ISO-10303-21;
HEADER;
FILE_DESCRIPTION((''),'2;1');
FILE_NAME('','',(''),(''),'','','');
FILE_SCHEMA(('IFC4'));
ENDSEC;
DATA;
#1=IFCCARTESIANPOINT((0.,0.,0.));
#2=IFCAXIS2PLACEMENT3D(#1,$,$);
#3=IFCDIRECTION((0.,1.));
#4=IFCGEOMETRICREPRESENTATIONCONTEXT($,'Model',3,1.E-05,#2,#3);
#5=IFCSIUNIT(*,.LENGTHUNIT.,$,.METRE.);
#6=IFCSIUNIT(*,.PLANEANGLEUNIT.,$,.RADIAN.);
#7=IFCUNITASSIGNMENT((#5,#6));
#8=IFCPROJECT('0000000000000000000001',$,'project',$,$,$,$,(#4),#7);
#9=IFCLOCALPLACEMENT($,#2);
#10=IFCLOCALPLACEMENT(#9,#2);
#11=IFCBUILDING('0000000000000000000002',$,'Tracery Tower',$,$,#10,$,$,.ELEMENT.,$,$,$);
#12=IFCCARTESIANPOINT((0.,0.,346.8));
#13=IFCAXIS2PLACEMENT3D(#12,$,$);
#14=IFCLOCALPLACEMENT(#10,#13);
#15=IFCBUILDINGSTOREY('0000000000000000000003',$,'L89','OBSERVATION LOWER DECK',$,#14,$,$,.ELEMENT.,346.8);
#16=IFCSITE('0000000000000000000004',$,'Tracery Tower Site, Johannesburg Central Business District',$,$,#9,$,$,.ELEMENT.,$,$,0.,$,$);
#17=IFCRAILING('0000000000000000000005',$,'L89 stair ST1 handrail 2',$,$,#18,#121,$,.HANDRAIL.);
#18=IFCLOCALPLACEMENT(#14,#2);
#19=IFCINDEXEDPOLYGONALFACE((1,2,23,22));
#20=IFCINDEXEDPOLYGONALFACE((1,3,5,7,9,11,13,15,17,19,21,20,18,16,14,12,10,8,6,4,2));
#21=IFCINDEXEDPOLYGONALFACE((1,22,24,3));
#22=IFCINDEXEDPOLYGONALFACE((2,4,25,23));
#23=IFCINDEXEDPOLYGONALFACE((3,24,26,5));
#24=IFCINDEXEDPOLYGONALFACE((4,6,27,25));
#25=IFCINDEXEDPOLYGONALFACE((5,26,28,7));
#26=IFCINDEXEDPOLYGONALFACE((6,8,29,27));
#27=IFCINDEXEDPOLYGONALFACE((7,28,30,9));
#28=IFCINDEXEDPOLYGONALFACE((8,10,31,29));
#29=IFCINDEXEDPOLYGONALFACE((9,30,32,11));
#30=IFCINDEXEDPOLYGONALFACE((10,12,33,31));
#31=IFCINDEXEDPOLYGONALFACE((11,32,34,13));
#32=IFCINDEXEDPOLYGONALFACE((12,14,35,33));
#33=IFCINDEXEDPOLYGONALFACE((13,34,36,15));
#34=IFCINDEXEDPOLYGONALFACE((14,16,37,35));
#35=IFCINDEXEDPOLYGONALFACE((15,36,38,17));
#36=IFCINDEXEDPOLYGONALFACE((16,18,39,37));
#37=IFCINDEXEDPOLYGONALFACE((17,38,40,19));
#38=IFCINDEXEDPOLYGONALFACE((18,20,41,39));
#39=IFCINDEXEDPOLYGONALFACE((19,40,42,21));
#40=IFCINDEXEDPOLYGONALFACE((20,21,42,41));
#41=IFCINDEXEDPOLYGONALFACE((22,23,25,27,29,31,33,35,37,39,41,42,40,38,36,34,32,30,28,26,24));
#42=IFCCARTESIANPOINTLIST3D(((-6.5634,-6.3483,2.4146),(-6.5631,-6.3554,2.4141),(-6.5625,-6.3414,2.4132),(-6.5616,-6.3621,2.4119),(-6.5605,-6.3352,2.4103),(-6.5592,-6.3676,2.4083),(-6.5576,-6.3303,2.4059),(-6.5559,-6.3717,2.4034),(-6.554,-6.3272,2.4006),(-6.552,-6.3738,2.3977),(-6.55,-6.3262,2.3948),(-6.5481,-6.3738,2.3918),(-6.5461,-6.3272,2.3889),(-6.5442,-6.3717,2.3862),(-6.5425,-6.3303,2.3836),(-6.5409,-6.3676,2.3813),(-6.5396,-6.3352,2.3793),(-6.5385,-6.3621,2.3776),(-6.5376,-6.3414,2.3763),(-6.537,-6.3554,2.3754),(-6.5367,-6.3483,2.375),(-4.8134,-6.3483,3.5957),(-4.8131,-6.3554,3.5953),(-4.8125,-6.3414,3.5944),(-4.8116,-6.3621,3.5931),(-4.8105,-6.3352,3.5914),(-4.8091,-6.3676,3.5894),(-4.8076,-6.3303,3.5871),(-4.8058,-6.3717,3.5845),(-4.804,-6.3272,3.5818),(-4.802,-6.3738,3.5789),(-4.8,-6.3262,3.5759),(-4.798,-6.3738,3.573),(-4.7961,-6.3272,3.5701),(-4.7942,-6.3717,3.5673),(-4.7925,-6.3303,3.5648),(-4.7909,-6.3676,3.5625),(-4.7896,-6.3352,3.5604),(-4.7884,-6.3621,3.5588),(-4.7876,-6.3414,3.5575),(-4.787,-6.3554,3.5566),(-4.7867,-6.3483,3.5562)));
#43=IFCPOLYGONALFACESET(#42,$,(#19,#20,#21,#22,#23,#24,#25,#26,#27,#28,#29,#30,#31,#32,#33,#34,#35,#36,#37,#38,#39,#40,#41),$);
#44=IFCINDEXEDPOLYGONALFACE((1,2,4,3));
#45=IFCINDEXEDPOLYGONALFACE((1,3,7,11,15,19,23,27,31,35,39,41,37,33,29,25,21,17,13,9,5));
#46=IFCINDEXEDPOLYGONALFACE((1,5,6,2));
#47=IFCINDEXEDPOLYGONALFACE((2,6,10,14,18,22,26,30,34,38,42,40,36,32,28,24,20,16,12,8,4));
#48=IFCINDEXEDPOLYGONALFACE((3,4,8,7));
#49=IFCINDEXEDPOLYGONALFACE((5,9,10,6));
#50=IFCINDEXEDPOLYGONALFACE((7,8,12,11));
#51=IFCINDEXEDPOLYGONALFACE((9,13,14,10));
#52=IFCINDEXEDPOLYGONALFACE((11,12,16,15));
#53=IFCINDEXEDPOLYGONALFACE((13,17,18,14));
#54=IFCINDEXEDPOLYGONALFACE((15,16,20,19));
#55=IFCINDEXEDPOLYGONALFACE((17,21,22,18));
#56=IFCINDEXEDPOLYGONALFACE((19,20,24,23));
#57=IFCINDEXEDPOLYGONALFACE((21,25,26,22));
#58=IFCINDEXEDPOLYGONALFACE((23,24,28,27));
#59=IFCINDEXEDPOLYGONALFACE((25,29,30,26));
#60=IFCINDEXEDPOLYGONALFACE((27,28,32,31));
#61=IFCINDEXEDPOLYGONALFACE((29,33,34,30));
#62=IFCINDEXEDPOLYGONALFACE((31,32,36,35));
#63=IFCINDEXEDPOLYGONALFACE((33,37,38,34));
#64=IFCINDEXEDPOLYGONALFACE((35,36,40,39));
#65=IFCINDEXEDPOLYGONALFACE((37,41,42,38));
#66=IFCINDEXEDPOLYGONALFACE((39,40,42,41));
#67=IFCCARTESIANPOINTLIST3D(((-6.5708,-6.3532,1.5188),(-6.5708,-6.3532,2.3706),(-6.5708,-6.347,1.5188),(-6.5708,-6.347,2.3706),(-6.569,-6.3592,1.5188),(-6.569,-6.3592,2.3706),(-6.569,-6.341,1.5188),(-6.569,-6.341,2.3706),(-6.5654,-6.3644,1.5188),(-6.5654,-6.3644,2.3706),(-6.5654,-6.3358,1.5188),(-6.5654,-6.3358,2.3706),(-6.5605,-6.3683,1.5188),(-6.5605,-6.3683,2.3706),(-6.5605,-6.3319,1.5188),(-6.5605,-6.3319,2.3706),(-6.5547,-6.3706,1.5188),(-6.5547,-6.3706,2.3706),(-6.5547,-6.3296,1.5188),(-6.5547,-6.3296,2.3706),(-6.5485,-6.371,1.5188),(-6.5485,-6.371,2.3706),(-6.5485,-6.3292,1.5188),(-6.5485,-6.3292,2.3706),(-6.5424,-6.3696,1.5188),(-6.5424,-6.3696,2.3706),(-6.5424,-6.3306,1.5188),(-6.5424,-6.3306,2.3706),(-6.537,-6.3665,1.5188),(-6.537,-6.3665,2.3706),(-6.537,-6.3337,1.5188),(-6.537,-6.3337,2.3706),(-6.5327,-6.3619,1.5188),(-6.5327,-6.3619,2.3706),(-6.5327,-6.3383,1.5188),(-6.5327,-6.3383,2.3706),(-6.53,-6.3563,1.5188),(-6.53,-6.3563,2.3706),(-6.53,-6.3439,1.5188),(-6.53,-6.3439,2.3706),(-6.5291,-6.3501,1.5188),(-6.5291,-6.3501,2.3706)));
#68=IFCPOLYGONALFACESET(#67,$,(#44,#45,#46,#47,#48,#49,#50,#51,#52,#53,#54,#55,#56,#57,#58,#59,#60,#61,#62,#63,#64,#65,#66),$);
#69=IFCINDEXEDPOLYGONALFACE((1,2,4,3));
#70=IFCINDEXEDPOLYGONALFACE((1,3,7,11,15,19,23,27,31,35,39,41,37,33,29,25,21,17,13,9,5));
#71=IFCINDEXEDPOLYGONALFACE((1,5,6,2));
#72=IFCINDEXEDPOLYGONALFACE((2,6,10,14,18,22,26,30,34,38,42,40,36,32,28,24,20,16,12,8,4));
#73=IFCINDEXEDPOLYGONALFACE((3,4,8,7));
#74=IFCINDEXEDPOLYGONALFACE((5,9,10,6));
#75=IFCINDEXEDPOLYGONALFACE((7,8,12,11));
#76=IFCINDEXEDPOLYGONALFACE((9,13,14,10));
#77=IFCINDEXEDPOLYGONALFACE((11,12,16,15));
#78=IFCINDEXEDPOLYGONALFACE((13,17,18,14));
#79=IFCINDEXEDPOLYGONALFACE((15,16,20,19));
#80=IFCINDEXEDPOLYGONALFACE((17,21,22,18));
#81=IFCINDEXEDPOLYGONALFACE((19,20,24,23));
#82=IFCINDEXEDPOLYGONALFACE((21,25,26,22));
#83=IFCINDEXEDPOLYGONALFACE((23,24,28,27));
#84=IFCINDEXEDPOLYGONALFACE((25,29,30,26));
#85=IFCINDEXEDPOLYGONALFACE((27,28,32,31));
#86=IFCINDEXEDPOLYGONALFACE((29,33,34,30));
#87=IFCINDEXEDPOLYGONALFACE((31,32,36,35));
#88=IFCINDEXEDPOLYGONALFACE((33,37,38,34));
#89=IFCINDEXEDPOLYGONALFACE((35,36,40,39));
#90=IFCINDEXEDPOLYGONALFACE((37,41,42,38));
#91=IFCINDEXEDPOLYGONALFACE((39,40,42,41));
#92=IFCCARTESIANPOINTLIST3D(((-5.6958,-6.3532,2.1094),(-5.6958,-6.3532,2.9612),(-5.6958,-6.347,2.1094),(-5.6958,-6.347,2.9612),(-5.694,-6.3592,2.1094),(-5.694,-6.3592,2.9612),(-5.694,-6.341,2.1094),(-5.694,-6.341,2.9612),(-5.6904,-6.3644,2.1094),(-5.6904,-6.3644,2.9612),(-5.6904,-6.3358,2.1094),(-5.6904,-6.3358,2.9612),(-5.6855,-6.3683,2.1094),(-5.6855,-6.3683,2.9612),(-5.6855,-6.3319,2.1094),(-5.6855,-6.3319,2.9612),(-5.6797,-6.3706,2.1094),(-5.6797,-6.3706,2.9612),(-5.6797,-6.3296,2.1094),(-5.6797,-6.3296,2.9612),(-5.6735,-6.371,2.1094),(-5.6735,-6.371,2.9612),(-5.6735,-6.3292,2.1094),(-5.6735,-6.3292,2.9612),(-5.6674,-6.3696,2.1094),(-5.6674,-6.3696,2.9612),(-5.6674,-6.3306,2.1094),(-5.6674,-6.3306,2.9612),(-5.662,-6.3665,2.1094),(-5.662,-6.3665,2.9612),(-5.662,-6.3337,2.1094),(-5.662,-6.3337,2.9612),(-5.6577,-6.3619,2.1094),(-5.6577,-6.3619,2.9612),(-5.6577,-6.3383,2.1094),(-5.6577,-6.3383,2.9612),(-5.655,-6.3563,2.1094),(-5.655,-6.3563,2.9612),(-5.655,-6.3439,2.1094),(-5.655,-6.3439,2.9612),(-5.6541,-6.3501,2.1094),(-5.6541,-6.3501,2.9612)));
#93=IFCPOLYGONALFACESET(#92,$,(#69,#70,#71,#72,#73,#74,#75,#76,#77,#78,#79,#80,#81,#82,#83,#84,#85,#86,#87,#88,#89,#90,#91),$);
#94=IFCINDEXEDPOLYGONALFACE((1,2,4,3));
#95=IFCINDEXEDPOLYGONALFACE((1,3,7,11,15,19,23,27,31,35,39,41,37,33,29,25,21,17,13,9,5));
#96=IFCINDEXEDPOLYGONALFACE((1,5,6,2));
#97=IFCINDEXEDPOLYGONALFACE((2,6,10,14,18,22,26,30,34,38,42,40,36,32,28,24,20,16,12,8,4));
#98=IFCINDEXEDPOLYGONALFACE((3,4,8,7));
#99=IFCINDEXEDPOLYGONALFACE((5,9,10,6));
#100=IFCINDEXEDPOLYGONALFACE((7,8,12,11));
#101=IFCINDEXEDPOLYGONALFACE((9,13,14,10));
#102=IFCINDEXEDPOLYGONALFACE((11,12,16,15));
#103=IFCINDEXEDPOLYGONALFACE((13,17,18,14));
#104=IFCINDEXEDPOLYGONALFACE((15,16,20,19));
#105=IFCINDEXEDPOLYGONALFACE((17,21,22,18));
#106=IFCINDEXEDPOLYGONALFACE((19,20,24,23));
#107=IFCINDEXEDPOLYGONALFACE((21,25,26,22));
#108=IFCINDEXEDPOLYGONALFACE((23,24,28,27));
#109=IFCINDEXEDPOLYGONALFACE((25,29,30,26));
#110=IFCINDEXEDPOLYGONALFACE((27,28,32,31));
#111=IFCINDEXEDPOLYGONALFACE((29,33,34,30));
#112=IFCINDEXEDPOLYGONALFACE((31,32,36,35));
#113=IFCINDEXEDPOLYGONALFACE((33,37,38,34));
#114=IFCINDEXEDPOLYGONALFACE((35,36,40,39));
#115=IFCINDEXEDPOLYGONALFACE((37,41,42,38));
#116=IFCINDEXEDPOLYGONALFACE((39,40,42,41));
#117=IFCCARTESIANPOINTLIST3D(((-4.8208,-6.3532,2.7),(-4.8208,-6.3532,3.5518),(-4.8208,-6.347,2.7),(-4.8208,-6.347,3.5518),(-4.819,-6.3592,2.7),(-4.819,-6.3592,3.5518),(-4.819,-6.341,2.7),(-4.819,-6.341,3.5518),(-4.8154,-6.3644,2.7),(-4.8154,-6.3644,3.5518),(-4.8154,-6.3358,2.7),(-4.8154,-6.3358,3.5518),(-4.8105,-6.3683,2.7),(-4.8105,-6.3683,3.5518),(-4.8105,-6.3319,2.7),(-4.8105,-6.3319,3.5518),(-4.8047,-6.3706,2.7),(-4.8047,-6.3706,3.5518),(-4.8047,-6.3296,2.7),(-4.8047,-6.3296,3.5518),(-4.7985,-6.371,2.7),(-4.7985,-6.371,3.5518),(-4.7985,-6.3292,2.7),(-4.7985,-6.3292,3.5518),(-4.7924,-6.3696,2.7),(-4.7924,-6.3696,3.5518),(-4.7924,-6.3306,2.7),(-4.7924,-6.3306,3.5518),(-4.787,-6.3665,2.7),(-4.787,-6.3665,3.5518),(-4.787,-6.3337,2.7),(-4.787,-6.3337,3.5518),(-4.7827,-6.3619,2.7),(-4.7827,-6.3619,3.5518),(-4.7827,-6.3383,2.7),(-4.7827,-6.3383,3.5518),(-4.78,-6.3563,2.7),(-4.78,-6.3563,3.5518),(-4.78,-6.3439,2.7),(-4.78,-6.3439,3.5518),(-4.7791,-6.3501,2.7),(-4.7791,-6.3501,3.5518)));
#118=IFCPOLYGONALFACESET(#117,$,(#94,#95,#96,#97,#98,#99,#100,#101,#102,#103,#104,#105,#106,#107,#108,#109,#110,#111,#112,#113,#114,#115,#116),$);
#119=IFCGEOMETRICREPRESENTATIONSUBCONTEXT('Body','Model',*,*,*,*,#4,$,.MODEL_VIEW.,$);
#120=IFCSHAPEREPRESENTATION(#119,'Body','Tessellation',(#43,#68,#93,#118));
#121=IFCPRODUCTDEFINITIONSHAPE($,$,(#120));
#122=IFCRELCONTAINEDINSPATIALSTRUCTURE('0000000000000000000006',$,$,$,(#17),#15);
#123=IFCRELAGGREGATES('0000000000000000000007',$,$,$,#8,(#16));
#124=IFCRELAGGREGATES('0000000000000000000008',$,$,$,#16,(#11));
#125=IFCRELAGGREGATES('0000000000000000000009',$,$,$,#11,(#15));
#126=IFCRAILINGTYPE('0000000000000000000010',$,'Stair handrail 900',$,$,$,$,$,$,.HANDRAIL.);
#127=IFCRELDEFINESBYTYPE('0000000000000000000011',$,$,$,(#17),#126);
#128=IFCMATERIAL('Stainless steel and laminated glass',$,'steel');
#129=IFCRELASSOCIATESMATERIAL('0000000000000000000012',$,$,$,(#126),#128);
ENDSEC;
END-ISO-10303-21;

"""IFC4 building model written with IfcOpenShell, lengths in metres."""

from ifc_helpers import new_model, si_unit, direction, frame, origin, origin_2d, place, context, subcontext, project, spatial, circle, extrude, material, type_object, element, save


model = new_model("IFC4")

# Units and contexts
model_context = context("Model", 3, precision=1e-05, world=origin(), true_north=direction((0.0, 1.0)))
body_context = subcontext(model_context, "Body", "Model", "MODEL_VIEW")
ifc_project = project(units=[si_unit("LENGTHUNIT", "METRE"), si_unit("PLANEANGLEUNIT", "RADIAN")], contexts=[model_context])

# Site, building, storey
site_placement = place(None, origin())
site = spatial("IfcSite", under=ifc_project, at=site_placement, Name="Tracery Tower Site, Johannesburg Central Business District", CompositionType="ELEMENT", RefElevation=0.0)
building_placement = place(site_placement, origin())
building = spatial("IfcBuilding", under=site, at=building_placement, Name="Tracery Tower", CompositionType="ELEMENT")
storey_placement = place(building_placement, frame((0.0, 0.0, 346.8)))
storey = spatial("IfcBuildingStorey", under=building, at=storey_placement, Name="L89", Description="OBSERVATION LOWER DECK", CompositionType="ELEMENT", Elevation=346.8)

# Railing
ifc_material_1 = material(Name="Stainless steel and laminated glass", Category="steel")
railing_type_1 = type_object("IfcRailingType", Name="Stair handrail 900", PredefinedType="HANDRAIL", material=ifc_material_1)
railing_1_placement = place(storey_placement, frame((-6.55, -6.3501, 1.5188)))
element("IfcRailing", 1, at=railing_1_placement, inside=storey, type_object=railing_type_1, Name="L89 stair ST1 handrail 2", PredefinedType="HANDRAIL", context=body_context, shape_type="SweptSolid", body=[
    extrude(circle(Radius=0.0239, at=origin_2d()), frame((0.0, 0.0, 0.876), z_axis=(0.82887, 0.0, 0.559441), x_axis=(0.0, 1.0, 0.0)), (0.0, 0.0, 1.0), 2.1113),
    extrude(circle(Radius=0.021, at=origin_2d()), origin(), (0.0, 0.0, 1.0), 0.8518),
    extrude(circle(Radius=0.021, at=origin_2d()), frame((0.875, 0.0, 0.5906)), (0.0, 0.0, 1.0), 0.8518),
    extrude(circle(Radius=0.021, at=origin_2d()), frame((1.75, 0.0, 1.1812)), (0.0, 0.0, 1.0), 0.8518),
])

save(model, "model.ifc")
